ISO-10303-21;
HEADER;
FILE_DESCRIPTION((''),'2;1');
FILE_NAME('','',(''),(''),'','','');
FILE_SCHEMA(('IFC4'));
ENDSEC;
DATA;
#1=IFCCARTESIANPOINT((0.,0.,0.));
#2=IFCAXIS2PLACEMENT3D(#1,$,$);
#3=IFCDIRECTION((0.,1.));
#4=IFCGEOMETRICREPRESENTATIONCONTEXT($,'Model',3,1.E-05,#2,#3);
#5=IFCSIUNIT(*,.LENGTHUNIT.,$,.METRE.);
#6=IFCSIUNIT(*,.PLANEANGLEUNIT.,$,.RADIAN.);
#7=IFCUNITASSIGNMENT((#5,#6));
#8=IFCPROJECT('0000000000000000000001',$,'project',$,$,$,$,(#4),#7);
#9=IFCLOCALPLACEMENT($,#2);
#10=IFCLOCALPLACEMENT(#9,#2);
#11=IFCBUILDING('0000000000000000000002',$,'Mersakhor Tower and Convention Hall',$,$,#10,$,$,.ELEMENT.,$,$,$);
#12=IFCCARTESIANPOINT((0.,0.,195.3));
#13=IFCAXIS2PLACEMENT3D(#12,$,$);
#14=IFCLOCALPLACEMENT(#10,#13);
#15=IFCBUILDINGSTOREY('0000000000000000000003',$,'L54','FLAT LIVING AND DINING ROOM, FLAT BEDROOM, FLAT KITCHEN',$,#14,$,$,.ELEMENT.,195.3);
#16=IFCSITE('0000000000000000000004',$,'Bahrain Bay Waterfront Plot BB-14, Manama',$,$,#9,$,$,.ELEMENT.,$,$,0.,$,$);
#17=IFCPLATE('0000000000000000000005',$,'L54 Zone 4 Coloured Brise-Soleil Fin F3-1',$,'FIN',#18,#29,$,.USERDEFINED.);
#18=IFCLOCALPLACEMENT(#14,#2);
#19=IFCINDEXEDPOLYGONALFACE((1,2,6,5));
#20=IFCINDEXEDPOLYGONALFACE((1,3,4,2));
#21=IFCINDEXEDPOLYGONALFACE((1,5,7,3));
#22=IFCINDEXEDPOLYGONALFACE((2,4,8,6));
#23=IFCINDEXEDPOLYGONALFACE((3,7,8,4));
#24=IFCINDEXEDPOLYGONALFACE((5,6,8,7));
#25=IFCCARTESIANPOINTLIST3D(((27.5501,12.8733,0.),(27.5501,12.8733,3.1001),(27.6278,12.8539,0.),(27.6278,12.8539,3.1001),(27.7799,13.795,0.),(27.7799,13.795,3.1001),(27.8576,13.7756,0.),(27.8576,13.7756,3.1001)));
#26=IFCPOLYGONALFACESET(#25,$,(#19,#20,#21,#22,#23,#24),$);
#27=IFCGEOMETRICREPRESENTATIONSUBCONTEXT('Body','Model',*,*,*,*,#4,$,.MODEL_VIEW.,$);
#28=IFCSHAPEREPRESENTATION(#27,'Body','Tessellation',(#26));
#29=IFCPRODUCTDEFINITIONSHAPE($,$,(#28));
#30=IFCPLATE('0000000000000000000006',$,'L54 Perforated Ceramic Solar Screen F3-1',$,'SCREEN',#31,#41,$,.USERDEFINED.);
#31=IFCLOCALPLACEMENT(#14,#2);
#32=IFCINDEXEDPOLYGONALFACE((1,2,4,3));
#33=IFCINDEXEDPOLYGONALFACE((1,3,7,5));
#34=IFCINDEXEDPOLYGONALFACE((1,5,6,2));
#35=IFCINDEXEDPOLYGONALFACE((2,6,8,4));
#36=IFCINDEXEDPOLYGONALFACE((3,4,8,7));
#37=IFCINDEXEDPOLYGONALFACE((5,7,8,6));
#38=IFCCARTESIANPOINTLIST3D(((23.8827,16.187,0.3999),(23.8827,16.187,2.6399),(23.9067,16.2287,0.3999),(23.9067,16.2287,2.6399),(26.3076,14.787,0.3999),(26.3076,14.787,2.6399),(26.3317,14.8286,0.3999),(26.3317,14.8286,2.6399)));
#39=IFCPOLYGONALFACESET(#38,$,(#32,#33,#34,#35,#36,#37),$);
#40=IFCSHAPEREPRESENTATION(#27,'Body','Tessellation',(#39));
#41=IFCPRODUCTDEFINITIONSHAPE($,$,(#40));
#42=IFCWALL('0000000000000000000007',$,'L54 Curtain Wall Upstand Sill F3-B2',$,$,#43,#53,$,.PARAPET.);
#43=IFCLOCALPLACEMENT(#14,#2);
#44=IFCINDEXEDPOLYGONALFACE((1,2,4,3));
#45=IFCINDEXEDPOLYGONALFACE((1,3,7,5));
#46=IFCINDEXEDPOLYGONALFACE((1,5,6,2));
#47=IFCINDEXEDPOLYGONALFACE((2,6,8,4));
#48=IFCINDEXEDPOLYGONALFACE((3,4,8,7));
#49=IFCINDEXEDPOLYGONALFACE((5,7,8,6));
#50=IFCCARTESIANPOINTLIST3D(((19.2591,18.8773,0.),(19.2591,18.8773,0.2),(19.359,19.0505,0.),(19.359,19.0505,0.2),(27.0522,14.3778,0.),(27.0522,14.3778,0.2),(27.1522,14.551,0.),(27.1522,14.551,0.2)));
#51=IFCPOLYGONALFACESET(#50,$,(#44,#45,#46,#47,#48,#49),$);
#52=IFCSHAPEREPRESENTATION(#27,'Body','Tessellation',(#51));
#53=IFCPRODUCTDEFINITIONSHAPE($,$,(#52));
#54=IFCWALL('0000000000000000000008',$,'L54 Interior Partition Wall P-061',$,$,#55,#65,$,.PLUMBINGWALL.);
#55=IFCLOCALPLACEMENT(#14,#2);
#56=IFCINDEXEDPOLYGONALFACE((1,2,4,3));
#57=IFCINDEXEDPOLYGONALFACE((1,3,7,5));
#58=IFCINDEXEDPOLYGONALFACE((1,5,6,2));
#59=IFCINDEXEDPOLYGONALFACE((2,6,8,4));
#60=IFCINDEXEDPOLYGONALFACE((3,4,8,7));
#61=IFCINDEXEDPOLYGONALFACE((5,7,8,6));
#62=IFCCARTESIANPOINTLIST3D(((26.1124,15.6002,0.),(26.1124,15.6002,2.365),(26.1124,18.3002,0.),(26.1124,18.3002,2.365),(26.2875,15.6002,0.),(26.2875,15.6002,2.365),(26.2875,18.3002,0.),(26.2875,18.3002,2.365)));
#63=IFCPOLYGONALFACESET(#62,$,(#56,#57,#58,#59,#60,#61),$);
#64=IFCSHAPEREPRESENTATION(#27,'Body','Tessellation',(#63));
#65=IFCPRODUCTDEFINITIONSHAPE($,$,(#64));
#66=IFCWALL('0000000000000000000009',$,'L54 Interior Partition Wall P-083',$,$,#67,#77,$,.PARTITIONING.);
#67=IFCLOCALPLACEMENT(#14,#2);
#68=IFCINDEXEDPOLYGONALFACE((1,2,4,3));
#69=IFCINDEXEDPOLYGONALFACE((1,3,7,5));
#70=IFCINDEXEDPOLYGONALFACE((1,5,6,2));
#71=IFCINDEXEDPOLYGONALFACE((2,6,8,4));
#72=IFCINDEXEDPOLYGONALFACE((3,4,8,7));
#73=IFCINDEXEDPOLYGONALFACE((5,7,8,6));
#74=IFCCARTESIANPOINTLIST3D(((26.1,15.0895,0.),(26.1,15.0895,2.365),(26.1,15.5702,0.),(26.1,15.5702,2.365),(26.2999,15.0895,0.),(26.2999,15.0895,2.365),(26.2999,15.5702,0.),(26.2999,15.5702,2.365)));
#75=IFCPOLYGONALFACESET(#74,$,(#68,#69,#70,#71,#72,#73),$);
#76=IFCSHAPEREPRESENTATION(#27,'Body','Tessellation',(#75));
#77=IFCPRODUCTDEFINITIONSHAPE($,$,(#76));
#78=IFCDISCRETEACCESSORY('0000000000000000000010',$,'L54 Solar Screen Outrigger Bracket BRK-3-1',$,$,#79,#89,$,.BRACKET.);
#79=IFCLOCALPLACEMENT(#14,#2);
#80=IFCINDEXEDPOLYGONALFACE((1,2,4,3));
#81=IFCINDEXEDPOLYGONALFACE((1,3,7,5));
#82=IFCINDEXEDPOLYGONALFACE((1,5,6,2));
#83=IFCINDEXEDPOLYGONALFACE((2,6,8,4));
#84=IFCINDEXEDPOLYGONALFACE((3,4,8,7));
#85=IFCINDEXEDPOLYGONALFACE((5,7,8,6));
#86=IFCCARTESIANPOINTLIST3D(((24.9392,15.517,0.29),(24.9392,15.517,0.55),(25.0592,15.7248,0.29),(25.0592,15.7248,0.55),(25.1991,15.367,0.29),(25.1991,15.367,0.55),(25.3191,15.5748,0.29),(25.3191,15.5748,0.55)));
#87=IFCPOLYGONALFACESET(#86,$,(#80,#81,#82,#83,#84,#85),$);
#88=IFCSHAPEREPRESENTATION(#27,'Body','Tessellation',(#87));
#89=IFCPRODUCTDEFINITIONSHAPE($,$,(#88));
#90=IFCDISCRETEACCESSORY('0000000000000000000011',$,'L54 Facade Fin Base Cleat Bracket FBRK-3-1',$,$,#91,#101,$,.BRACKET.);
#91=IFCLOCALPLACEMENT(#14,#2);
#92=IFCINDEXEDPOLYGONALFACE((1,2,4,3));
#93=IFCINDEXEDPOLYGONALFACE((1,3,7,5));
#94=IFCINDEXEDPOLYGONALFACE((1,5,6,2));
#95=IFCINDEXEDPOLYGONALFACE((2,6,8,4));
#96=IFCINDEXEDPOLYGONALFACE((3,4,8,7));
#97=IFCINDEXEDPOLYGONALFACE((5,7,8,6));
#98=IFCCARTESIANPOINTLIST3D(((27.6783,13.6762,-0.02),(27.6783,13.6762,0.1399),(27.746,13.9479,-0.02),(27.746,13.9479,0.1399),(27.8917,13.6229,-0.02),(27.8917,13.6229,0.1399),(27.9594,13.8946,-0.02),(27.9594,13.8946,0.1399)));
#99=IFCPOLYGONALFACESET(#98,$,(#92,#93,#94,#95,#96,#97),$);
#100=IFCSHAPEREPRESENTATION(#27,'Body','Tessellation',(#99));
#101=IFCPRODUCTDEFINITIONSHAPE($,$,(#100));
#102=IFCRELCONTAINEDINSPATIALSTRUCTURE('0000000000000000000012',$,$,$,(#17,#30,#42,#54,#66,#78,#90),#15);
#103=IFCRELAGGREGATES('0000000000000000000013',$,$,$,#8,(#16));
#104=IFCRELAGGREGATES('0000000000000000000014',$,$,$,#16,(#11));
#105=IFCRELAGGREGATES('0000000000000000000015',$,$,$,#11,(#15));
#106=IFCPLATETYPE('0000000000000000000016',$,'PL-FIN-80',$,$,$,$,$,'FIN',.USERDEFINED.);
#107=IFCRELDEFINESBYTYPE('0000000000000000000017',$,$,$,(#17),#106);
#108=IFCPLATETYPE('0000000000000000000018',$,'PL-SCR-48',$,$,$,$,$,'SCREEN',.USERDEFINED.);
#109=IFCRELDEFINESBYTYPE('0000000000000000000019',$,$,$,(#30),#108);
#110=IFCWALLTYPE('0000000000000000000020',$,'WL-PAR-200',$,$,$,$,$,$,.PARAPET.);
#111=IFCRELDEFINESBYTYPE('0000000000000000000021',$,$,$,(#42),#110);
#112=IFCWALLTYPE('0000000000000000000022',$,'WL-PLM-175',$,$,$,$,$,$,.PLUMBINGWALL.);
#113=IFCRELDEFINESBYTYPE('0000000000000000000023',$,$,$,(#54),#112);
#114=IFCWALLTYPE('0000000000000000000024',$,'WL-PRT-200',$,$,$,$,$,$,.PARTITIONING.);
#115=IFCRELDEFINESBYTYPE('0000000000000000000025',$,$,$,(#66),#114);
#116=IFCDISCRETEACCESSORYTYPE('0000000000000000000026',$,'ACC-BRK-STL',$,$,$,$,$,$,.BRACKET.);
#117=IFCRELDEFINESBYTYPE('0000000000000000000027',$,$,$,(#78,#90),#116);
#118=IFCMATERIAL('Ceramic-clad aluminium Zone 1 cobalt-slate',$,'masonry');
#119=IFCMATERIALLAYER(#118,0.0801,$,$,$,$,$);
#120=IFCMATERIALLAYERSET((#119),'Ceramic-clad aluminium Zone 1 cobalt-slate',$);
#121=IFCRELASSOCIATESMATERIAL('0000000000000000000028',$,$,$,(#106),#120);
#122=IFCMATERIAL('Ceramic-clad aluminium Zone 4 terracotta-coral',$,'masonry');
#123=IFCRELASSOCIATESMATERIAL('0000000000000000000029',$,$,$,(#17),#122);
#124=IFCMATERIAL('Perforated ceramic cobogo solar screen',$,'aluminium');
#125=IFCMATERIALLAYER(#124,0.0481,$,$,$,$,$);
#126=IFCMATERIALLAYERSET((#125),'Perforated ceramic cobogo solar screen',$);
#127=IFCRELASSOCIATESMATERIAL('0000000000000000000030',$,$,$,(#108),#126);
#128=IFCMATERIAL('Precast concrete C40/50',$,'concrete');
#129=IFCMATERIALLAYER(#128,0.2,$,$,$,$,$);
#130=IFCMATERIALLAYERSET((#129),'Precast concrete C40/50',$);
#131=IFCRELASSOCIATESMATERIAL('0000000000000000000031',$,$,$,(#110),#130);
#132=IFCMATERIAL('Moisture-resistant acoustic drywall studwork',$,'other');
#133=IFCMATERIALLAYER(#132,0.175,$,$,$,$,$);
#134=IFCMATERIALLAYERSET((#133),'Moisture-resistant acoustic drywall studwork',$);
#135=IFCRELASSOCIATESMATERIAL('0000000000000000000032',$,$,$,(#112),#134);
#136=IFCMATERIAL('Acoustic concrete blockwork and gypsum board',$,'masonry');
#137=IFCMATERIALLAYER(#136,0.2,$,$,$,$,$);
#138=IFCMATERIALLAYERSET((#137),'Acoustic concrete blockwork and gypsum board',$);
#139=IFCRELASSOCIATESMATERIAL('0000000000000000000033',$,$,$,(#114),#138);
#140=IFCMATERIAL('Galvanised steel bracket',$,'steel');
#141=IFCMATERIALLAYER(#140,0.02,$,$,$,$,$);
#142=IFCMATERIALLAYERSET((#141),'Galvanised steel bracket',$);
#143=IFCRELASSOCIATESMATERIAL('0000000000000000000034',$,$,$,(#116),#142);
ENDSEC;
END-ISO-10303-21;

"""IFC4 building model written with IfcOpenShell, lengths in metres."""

from ifc_helpers import new_model, si_unit, direction, frame, frame_2d, origin, origin_2d, place, context, subcontext, project, spatial, rectangle, extrude, material, layer, layer_set, type_object, element, save


model = new_model("IFC4")

# Units and contexts
model_context = context("Model", 3, precision=1e-05, world=origin(), true_north=direction((0.0, 1.0)))
body_context = subcontext(model_context, "Body", "Model", "MODEL_VIEW")
ifc_project = project(units=[si_unit("LENGTHUNIT", "METRE"), si_unit("PLANEANGLEUNIT", "RADIAN")], contexts=[model_context])

# Site, building, storey
site_placement = place(None, origin())
site = spatial("IfcSite", under=ifc_project, at=site_placement, Name="Bahrain Bay Waterfront Plot BB-14, Manama", CompositionType="ELEMENT", RefElevation=0.0)
building_placement = place(site_placement, origin())
building = spatial("IfcBuilding", under=site, at=building_placement, Name="Mersakhor Tower and Convention Hall", CompositionType="ELEMENT")
storey_placement = place(building_placement, frame((0.0, 0.0, 195.3)))
storey = spatial("IfcBuildingStorey", under=building, at=storey_placement, Name="L54", Description="FLAT LIVING AND DINING ROOM, FLAT BEDROOM, FLAT KITCHEN", CompositionType="ELEMENT", Elevation=195.3)

# Plates
ifc_material_1 = material(Name="Ceramic-clad aluminium Zone 4 terracotta-coral", Category="masonry")
ifc_material_2 = material(Name="Ceramic-clad aluminium Zone 1 cobalt-slate", Category="masonry")
ifc_layer_1 = layer(ifc_material_2, 0.0801)
ifc_layer_set_1 = layer_set([ifc_layer_1], Name="Ceramic-clad aluminium Zone 1 cobalt-slate")
plate_type_1 = type_object("IfcPlateType", Name="PL-FIN-80", ElementType="FIN", PredefinedType="USERDEFINED", material=ifc_layer_set_1)
plate_1_placement = place(storey_placement, frame((27.7039, 13.3245, 0.0), z_axis=(0.0, 0.0, 1.0), x_axis=(-0.241922, -0.970296, 0.0)))
element("IfcPlate", 1, at=plate_1_placement, inside=storey, type_object=plate_type_1, material=ifc_material_1, Name="L54 Zone 4 Coloured Brise-Soleil Fin F3-1", ObjectType="FIN", PredefinedType="USERDEFINED", context=body_context, shape_type="SweptSolid", body=[
    extrude(rectangle(XDim=0.95, YDim=0.0801, at=origin_2d()), origin(), (0.0, 0.0, 1.0), 3.1001),
])
ifc_material_3 = material(Name="Perforated ceramic cobogo solar screen", Category="aluminium")
ifc_layer_2 = layer(ifc_material_3, 0.0481)
ifc_layer_set_2 = layer_set([ifc_layer_2], Name="Perforated ceramic cobogo solar screen")
plate_type_2 = type_object("IfcPlateType", Name="PL-SCR-48", ElementType="SCREEN", PredefinedType="USERDEFINED", material=ifc_layer_set_2)
plate_2_placement = place(storey_placement, frame((25.1072, 15.5078, 0.3999), z_axis=(0.0, 0.0, 1.0), x_axis=(-0.866025, 0.5, 0.0)))
element("IfcPlate", 2, at=plate_2_placement, inside=storey, type_object=plate_type_2, Name="L54 Perforated Ceramic Solar Screen F3-1", ObjectType="SCREEN", PredefinedType="USERDEFINED", context=body_context, shape_type="SweptSolid", body=[
    extrude(rectangle(XDim=2.8, YDim=0.0481, at=origin_2d()), origin(), (0.0, 0.0, 1.0), 2.24),
])

# Walls
ifc_material_4 = material(Name="Precast concrete C40/50", Category="concrete")
ifc_layer_3 = layer(ifc_material_4, 0.2)
ifc_layer_set_3 = layer_set([ifc_layer_3], Name="Precast concrete C40/50")
wall_type_1 = type_object("IfcWallType", Name="WL-PAR-200", PredefinedType="PARAPET", material=ifc_layer_set_3)
wall_1_placement = place(storey_placement, frame((27.1023, 14.4644, 0.0), z_axis=(0.0, 0.0, 1.0), x_axis=(-0.866021, 0.500008, 0.0)))
element("IfcWall", 3, at=wall_1_placement, inside=storey, type_object=wall_type_1, Name="L54 Curtain Wall Upstand Sill F3-B2", PredefinedType="PARAPET", context=body_context, shape_type="SweptSolid", body=[
    extrude(rectangle(XDim=8.9988, YDim=0.2, at=frame_2d((4.4995, 0.0))), origin(), (0.0, 0.0, 1.0), 0.2),
])
ifc_material_5 = material(Name="Moisture-resistant acoustic drywall studwork", Category="other")
ifc_layer_4 = layer(ifc_material_5, 0.175)
ifc_layer_set_4 = layer_set([ifc_layer_4], Name="Moisture-resistant acoustic drywall studwork")
wall_type_2 = type_object("IfcWallType", Name="WL-PLM-175", PredefinedType="PLUMBINGWALL", material=ifc_layer_set_4)
wall_2_placement = place(storey_placement, frame((26.2, 15.6001, 0.0), z_axis=(0.0, 0.0, 1.0), x_axis=(0.0, 1.0, 0.0)))
element("IfcWall", 4, at=wall_2_placement, inside=storey, type_object=wall_type_2, Name="L54 Interior Partition Wall P-061", PredefinedType="PLUMBINGWALL", context=body_context, shape_type="SweptSolid", body=[
    extrude(rectangle(XDim=2.7, YDim=0.175, at=frame_2d((1.3501, 0.0))), origin(), (0.0, 0.0, 1.0), 2.365),
])
ifc_material_6 = material(Name="Acoustic concrete blockwork and gypsum board", Category="masonry")
ifc_layer_5 = layer(ifc_material_6, 0.2)
ifc_layer_set_5 = layer_set([ifc_layer_5], Name="Acoustic concrete blockwork and gypsum board")
wall_type_3 = type_object("IfcWallType", Name="WL-PRT-200", PredefinedType="PARTITIONING", material=ifc_layer_set_5)
wall_3_placement = place(storey_placement, frame((26.2, 15.5701, 0.0), z_axis=(0.0, 0.0, 1.0), x_axis=(0.0, -1.0, 0.0)))
element("IfcWall", 5, at=wall_3_placement, inside=storey, type_object=wall_type_3, Name="L54 Interior Partition Wall P-083", PredefinedType="PARTITIONING", context=body_context, shape_type="SweptSolid", body=[
    extrude(rectangle(XDim=0.4807, YDim=0.2, at=frame_2d((0.2402, 0.0))), origin(), (0.0, 0.0, 1.0), 2.365),
])

# Discrete accessories
ifc_material_7 = material(Name="Galvanised steel bracket", Category="steel")
ifc_layer_6 = layer(ifc_material_7, 0.02)
ifc_layer_set_6 = layer_set([ifc_layer_6], Name="Galvanised steel bracket")
discrete_accessory_type = type_object("IfcDiscreteAccessoryType", Name="ACC-BRK-STL", PredefinedType="BRACKET", material=ifc_layer_set_6)
discrete_accessory_1_placement = place(storey_placement, frame((25.1292, 15.5459, 0.29), z_axis=(0.0, 0.0, 1.0), x_axis=(-0.866025, 0.5, 0.0)))
element("IfcDiscreteAccessory", 6, at=discrete_accessory_1_placement, inside=storey, type_object=discrete_accessory_type, Name="L54 Solar Screen Outrigger Bracket BRK-3-1", PredefinedType="BRACKET", context=body_context, shape_type="SweptSolid", body=[
    extrude(rectangle(XDim=0.3, YDim=0.24, at=origin_2d()), origin(), (0.0, 0.0, 1.0), 0.26),
])
discrete_accessory_2_placement = place(storey_placement, frame((27.8188, 13.7854, -0.02), z_axis=(0.0, 0.0, 1.0), x_axis=(-0.241922, -0.970296, 0.0)))
element("IfcDiscreteAccessory", 7, at=discrete_accessory_2_placement, inside=storey, type_object=discrete_accessory_type, Name="L54 Facade Fin Base Cleat Bracket FBRK-3-1", PredefinedType="BRACKET", context=body_context, shape_type="SweptSolid", body=[
    extrude(rectangle(XDim=0.28, YDim=0.22, at=origin_2d()), origin(), (0.0, 0.0, 1.0), 0.1599),
])

save(model, "model.ifc")
